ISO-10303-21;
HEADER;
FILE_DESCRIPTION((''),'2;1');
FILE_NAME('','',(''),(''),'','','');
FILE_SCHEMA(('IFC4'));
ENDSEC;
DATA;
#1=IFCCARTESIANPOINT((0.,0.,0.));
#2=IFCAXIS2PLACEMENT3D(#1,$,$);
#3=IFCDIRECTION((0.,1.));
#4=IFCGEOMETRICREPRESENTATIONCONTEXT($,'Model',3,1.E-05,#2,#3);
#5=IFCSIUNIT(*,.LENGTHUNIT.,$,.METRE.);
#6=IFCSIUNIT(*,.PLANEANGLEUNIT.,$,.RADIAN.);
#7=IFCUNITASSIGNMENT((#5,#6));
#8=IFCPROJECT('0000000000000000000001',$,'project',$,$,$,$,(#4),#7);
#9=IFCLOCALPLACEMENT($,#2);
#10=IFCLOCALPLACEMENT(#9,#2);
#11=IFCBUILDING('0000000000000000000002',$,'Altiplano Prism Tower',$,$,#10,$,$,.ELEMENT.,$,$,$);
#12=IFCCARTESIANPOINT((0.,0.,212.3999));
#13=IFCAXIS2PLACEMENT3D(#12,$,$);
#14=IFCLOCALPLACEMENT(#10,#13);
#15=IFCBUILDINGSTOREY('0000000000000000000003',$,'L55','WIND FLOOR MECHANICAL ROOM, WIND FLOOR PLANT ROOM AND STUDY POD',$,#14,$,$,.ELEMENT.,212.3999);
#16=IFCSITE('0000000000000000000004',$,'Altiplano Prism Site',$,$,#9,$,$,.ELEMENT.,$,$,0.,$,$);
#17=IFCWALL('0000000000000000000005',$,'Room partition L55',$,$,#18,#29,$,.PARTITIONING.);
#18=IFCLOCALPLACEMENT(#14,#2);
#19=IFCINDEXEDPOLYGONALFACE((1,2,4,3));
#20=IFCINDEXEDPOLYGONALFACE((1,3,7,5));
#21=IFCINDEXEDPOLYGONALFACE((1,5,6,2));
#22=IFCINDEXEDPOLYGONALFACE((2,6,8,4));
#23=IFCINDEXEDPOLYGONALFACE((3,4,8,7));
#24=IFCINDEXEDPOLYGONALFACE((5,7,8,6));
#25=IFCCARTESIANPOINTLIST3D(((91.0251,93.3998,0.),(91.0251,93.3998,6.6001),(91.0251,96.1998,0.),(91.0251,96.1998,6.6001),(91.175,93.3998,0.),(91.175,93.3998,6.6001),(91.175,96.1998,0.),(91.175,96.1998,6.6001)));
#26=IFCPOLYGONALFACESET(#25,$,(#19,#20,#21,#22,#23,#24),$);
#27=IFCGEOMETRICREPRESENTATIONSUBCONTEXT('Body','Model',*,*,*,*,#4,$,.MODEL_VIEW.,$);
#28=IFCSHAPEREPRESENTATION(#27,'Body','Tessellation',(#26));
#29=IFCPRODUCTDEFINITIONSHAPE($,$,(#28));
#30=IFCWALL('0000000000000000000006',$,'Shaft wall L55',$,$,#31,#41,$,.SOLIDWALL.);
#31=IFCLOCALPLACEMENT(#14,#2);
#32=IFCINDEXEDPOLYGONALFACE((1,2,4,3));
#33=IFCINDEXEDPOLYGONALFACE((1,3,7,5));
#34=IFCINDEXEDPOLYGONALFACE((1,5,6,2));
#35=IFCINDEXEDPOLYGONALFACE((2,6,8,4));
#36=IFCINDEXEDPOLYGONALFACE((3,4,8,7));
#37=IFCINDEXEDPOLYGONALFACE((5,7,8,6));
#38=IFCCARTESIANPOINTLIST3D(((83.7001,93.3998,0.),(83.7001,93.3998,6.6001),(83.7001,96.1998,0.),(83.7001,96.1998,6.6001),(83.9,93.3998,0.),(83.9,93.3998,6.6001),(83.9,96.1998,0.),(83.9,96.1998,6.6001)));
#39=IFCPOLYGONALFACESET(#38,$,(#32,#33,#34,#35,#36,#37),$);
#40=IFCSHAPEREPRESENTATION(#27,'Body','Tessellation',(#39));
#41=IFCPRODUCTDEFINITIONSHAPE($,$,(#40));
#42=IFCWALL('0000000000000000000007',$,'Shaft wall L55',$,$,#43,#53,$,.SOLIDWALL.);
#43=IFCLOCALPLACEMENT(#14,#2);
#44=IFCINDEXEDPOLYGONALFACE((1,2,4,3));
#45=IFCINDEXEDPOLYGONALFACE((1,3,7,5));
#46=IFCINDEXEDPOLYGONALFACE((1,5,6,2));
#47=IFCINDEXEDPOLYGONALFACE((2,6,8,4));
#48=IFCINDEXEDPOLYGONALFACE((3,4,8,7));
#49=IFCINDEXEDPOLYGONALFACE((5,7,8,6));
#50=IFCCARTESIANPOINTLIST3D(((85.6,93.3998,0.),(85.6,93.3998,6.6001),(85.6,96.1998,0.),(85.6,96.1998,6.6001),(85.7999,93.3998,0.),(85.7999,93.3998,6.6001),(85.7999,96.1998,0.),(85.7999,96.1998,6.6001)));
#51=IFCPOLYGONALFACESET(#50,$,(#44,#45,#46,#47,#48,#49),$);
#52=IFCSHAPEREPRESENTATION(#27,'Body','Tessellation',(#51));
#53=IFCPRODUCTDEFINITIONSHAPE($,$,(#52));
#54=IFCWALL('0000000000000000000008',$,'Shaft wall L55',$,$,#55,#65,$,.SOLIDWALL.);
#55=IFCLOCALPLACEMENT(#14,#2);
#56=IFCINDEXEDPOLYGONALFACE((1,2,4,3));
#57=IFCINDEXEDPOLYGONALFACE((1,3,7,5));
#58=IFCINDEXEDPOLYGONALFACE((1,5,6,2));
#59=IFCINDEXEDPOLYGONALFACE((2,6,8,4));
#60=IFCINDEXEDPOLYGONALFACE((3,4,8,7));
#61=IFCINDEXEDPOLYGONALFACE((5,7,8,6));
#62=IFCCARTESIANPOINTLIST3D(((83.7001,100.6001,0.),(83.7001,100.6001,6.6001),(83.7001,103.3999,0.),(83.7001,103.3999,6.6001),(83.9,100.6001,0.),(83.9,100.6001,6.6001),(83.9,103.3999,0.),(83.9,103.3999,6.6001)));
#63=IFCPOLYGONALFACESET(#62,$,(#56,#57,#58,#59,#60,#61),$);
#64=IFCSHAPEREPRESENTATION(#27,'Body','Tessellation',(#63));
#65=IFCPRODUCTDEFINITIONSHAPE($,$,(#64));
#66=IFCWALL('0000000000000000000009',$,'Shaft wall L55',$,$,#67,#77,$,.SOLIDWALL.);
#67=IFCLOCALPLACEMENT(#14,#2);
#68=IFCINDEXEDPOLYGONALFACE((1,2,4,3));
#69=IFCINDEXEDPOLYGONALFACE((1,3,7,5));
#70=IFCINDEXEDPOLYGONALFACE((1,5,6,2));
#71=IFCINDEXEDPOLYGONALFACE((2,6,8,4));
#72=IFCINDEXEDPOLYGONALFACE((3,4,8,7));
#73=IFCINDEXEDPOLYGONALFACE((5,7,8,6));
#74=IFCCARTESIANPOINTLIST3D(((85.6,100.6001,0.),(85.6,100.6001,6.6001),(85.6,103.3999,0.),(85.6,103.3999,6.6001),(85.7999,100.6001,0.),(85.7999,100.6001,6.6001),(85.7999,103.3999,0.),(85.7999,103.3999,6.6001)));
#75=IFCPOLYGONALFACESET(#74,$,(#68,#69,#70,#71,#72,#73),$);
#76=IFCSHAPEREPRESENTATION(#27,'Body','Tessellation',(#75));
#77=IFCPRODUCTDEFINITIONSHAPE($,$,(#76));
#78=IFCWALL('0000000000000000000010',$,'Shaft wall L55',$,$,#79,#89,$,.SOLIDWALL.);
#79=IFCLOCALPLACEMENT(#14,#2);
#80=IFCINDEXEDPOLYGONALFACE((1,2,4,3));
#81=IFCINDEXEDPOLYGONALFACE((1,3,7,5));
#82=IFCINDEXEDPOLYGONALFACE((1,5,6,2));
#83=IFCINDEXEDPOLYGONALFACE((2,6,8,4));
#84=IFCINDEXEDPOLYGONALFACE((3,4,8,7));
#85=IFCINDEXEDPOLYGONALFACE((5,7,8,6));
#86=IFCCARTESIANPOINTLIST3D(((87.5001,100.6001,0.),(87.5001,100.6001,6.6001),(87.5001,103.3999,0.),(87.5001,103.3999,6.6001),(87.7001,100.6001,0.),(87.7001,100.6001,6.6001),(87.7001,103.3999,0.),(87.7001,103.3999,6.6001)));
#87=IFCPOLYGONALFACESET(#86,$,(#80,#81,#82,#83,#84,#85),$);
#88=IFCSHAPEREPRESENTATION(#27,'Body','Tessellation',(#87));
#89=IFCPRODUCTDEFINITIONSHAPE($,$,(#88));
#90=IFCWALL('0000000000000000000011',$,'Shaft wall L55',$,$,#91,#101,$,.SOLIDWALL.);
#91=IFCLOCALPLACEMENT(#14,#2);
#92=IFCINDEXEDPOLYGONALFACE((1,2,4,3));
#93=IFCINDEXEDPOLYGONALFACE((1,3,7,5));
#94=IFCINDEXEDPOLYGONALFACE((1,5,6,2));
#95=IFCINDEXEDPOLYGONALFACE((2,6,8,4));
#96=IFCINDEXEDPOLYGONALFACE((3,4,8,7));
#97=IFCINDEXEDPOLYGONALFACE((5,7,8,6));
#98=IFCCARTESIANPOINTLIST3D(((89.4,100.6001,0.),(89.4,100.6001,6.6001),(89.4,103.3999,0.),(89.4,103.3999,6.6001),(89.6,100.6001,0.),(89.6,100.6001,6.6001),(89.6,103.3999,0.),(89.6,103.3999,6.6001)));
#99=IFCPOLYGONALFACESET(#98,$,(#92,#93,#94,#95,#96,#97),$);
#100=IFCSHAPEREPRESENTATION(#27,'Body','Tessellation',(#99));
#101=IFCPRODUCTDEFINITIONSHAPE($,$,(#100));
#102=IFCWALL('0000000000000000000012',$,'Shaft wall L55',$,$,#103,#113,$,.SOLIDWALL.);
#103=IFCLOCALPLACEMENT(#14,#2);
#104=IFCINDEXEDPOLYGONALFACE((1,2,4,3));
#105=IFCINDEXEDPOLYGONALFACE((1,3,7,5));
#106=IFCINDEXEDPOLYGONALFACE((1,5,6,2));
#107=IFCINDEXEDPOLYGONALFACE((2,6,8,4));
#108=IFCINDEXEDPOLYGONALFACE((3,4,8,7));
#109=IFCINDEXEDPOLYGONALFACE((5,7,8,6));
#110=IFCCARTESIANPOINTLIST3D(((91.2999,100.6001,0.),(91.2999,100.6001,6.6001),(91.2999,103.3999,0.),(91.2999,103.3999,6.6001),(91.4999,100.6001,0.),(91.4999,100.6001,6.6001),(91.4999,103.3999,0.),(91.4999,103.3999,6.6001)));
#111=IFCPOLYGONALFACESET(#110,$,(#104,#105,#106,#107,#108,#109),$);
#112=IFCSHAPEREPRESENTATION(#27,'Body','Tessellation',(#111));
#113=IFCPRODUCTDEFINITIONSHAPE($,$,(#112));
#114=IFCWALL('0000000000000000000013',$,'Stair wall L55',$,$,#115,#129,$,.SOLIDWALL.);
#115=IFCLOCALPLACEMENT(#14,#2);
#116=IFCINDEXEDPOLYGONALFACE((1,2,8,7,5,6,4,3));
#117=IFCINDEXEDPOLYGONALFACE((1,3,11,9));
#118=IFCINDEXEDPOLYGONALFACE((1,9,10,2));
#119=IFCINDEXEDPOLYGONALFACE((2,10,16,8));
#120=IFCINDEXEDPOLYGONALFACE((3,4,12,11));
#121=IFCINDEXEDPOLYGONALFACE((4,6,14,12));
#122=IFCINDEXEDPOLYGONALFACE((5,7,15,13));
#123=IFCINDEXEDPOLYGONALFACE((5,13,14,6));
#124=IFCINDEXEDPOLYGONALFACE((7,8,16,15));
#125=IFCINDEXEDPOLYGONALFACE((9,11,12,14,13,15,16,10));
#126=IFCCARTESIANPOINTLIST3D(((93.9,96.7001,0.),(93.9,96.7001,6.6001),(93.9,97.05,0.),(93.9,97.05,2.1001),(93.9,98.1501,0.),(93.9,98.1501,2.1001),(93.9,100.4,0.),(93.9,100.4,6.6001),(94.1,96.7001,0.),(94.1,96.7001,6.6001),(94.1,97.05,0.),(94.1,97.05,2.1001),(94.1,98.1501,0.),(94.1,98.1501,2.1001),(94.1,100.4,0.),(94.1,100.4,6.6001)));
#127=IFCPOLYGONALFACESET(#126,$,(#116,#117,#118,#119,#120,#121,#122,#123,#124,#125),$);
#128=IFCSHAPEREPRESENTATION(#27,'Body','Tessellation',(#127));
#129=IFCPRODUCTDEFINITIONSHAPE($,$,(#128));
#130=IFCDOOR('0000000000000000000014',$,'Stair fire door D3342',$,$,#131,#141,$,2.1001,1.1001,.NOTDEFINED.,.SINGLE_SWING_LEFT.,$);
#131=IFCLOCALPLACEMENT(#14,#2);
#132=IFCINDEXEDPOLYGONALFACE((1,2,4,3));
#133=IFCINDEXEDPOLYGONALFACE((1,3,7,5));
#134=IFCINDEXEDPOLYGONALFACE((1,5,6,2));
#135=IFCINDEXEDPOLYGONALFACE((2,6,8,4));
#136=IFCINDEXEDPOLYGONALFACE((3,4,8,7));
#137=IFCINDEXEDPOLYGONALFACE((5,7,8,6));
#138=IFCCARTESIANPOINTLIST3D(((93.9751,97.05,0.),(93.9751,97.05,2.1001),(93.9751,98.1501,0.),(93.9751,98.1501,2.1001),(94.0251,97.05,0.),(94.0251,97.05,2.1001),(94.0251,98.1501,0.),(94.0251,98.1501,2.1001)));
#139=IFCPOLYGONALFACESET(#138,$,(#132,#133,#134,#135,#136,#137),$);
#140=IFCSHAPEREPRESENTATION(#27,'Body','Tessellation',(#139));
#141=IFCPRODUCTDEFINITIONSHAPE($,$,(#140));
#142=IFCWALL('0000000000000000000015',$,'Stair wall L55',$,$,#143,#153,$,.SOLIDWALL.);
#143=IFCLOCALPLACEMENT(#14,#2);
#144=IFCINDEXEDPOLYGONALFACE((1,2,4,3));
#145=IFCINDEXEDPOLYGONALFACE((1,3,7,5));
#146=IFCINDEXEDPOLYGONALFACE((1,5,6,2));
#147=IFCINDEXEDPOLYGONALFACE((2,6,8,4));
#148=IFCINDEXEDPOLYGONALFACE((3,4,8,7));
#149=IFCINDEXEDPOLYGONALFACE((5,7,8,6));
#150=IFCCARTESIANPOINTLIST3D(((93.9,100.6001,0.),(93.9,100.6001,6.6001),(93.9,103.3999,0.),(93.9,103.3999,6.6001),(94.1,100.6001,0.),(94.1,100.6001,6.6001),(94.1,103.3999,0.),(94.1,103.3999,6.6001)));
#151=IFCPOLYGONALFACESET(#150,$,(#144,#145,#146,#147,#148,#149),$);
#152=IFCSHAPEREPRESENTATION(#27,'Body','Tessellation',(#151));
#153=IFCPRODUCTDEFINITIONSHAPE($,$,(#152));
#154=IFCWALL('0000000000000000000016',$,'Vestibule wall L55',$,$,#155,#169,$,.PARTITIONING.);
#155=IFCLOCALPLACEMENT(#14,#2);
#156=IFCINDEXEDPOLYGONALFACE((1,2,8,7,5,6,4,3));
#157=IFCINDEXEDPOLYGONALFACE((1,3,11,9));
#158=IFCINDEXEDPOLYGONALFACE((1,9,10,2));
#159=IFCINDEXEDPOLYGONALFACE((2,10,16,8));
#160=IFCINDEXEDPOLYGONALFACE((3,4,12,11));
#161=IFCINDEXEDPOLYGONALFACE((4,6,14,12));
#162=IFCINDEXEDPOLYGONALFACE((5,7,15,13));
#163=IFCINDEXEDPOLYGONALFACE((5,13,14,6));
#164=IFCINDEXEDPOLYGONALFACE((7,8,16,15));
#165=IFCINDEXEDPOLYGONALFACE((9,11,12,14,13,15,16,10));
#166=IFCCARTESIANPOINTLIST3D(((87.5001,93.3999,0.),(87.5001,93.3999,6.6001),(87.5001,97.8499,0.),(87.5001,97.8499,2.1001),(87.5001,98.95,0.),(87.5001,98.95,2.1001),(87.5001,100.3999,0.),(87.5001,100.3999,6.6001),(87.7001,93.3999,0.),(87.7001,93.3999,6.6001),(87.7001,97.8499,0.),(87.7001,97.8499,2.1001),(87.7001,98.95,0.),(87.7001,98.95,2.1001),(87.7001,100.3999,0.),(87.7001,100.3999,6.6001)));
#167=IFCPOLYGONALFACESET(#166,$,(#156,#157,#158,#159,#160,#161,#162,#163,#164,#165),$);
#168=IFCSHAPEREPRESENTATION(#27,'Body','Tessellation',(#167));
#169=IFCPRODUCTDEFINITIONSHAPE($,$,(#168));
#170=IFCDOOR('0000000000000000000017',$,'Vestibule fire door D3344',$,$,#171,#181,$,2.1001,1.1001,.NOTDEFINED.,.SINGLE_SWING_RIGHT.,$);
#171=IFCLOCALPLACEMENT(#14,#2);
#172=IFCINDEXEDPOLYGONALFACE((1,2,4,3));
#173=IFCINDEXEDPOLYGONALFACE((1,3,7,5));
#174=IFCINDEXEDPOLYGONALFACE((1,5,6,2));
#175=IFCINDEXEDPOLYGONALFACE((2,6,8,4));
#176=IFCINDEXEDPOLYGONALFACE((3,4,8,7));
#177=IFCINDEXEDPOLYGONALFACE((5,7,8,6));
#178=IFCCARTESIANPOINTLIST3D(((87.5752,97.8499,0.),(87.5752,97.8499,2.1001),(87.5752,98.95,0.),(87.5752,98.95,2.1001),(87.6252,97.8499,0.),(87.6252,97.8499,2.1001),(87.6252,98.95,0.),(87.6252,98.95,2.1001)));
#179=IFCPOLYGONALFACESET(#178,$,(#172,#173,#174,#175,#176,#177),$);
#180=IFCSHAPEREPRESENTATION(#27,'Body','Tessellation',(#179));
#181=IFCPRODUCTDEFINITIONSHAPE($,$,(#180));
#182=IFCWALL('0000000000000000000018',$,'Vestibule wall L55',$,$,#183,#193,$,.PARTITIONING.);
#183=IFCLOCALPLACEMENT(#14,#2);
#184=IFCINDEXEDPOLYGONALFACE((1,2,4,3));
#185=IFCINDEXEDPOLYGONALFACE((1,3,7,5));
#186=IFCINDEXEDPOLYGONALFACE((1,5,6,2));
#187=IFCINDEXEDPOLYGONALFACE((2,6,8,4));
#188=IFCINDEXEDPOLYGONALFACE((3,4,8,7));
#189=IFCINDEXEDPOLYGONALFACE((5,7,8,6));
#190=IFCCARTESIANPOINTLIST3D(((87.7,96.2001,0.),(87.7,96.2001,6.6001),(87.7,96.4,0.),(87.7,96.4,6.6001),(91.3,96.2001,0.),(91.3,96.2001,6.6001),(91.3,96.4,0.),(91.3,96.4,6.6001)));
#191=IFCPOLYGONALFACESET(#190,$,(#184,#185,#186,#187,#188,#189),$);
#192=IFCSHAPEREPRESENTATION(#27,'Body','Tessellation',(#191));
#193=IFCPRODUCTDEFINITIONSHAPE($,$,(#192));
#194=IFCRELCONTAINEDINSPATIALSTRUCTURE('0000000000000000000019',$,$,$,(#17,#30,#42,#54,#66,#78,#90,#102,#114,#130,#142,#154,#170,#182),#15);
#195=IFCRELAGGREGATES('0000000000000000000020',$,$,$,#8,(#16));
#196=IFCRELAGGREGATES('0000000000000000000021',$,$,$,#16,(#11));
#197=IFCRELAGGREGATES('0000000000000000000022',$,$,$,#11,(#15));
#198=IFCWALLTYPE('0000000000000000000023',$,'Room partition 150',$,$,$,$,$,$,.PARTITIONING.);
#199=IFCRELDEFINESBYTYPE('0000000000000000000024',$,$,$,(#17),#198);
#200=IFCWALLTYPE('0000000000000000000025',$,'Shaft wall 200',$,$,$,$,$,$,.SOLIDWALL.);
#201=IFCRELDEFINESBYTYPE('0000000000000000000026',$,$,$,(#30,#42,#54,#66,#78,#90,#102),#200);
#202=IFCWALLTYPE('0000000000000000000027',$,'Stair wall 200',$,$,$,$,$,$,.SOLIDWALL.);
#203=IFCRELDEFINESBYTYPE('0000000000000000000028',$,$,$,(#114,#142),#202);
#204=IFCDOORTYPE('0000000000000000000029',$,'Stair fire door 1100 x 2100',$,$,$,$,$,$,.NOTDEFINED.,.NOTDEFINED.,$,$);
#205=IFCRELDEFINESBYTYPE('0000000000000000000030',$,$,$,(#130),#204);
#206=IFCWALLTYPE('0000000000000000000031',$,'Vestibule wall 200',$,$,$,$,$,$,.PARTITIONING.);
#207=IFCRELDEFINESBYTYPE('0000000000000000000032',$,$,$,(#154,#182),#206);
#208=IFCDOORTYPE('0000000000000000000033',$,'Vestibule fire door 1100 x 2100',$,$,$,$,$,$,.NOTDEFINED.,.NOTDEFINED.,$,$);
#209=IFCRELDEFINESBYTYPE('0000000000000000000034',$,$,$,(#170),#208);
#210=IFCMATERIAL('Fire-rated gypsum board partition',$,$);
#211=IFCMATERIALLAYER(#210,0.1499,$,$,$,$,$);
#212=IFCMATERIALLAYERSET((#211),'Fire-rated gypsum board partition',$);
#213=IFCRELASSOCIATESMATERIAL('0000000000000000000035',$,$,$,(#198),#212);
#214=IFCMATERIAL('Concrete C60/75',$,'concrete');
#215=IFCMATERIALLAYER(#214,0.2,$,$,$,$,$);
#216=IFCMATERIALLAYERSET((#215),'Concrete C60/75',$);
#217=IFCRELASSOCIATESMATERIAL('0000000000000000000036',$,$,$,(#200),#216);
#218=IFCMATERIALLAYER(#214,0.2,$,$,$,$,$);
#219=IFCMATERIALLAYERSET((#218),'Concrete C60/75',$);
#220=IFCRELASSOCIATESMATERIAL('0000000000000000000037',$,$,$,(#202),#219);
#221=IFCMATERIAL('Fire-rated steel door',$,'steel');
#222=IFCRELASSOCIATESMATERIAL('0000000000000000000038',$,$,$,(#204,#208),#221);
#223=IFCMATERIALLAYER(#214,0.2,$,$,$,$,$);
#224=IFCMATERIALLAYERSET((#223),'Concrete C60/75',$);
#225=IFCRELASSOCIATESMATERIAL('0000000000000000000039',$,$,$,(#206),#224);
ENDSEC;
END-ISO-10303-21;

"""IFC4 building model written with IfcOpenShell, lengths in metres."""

from ifc_helpers import new_model, si_unit, direction, frame, frame_2d, origin, place, context, subcontext, project, spatial, rectangle, extrude, material, layer, layer_set, type_object, element, fill, save


model = new_model("IFC4")

# Units and contexts
model_context = context("Model", 3, precision=1e-05, world=origin(), true_north=direction((0.0, 1.0)))
body_context = subcontext(model_context, "Body", "Model", "MODEL_VIEW")
ifc_project = project(units=[si_unit("LENGTHUNIT", "METRE"), si_unit("PLANEANGLEUNIT", "RADIAN")], contexts=[model_context])

# Site, building, storey
site_placement = place(None, origin())
site = spatial("IfcSite", under=ifc_project, at=site_placement, Name="Altiplano Prism Site", CompositionType="ELEMENT", RefElevation=0.0)
building_placement = place(site_placement, origin())
building = spatial("IfcBuilding", under=site, at=building_placement, Name="Altiplano Prism Tower", CompositionType="ELEMENT")
storey_placement = place(building_placement, frame((0.0, 0.0, 212.3999)))
storey = spatial("IfcBuildingStorey", under=building, at=storey_placement, Name="L55", Description="WIND FLOOR MECHANICAL ROOM, WIND FLOOR PLANT ROOM AND STUDY POD", CompositionType="ELEMENT", Elevation=212.3999)

# Walls
ifc_material_1 = material(Name="Fire-rated gypsum board partition")
ifc_layer_1 = layer(ifc_material_1, 0.1499)
ifc_layer_set_1 = layer_set([ifc_layer_1], Name="Fire-rated gypsum board partition")
wall_type_1 = type_object("IfcWallType", Name="Room partition 150", PredefinedType="PARTITIONING", material=ifc_layer_set_1)
wall_1_placement = place(storey_placement, frame((91.1001, 93.3999, 0.0), z_axis=(0.0, 0.0, 1.0), x_axis=(0.0, 1.0, 0.0)))
element("IfcWall", 1, at=wall_1_placement, inside=storey, type_object=wall_type_1, Name="Room partition L55", PredefinedType="PARTITIONING", context=body_context, shape_type="SweptSolid", body=[
    extrude(rectangle(XDim=2.8, YDim=0.1499, at=frame_2d((1.3999, 0.0))), origin(), (0.0, 0.0, 1.0), 6.6001),
])
ifc_material_2 = material(Name="Concrete C60/75", Category="concrete")
ifc_layer_2 = layer(ifc_material_2, 0.2)
ifc_layer_set_2 = layer_set([ifc_layer_2], Name="Concrete C60/75")
wall_type_2 = type_object("IfcWallType", Name="Shaft wall 200", PredefinedType="SOLIDWALL", material=ifc_layer_set_2)
for number, where, z_axis, x_axis, name in (
    (2, (83.8, 93.3999, 0.0), (0.0, 0.0, 1.0), (0.0, 1.0, 0.0), "Shaft wall L55"),
    (3, (85.7, 93.3999, 0.0), (0.0, 0.0, 1.0), (0.0, 1.0, 0.0), "Shaft wall L55"),
):
    element("IfcWall", number, at=place(storey_placement, frame(where, z_axis=z_axis, x_axis=x_axis)), inside=storey, type_object=wall_type_2, Name=name, PredefinedType="SOLIDWALL", context=body_context, shape_type="SweptSolid", body=[
        extrude(rectangle(XDim=2.8, YDim=0.2, at=frame_2d((1.3999, 0.0))), origin(), (0.0, 0.0, 1.0), 6.6001),
    ])
for number, where, z_axis, x_axis, name in (
    (4, (83.8, 100.6001, 0.0), (0.0, 0.0, 1.0), (0.0, 1.0, 0.0), "Shaft wall L55"),
    (5, (85.7, 100.6001, 0.0), (0.0, 0.0, 1.0), (0.0, 1.0, 0.0), "Shaft wall L55"),
    (6, (87.6001, 100.6001, 0.0), (0.0, 0.0, 1.0), (0.0, 1.0, 0.0), "Shaft wall L55"),
    (7, (89.5, 100.6001, 0.0), (0.0, 0.0, 1.0), (0.0, 1.0, 0.0), "Shaft wall L55"),
    (8, (91.3999, 100.6001, 0.0), (0.0, 0.0, 1.0), (0.0, 1.0, 0.0), "Shaft wall L55"),
):
    element("IfcWall", number, at=place(storey_placement, frame(where, z_axis=z_axis, x_axis=x_axis)), inside=storey, type_object=wall_type_2, Name=name, PredefinedType="SOLIDWALL", context=body_context, shape_type="SweptSolid", body=[
        extrude(rectangle(XDim=2.7998, YDim=0.2, at=frame_2d((1.3999, 0.0))), origin(), (0.0, 0.0, 1.0), 6.6001),
    ])

# Wall, opening, door
ifc_layer_3 = layer(ifc_material_2, 0.2)
ifc_layer_set_3 = layer_set([ifc_layer_3], Name="Concrete C60/75")
wall_type_3 = type_object("IfcWallType", Name="Stair wall 200", PredefinedType="SOLIDWALL", material=ifc_layer_set_3)
wall_2_placement = place(storey_placement, frame((94.0, 96.7, 0.0), z_axis=(0.0, 0.0, 1.0), x_axis=(0.0, 1.0, 0.0)))
wall_2 = element("IfcWall", 9, at=wall_2_placement, inside=storey, type_object=wall_type_3, Name="Stair wall L55", PredefinedType="SOLIDWALL", context=body_context, shape_type="SweptSolid", body=[
    extrude(rectangle(XDim=3.7, YDim=0.2, at=frame_2d((1.8501, 0.0))), origin(), (0.0, 0.0, 1.0), 6.6001),
])
opening_1_placement = place(wall_2_placement, frame((0.3501, 0.0, 0.0)))
opening_1 = element("IfcOpeningElement", 10, at=opening_1_placement, cuts=wall_2, PredefinedType="OPENING", context=body_context, shape_type="SweptSolid", body=[
    extrude(rectangle(XDim=1.1001, YDim=2.1001, at=frame_2d((0.55, 1.05))), frame((0.0, 0.1104, 0.0), z_axis=(0.0, -1.0, 0.0), x_axis=(1.0, 0.0, 0.0)), (0.0, 0.0, 1.0), 0.2209),
])
ifc_material_3 = material(Name="Fire-rated steel door", Category="steel")
door_type_1 = type_object("IfcDoorType", Name="Stair fire door 1100 x 2100", OperationType="NOTDEFINED", PredefinedType="NOTDEFINED", material=ifc_material_3)
door_1_placement = place(opening_1_placement, origin())
door_1 = element("IfcDoor", 11, at=door_1_placement, inside=storey, type_object=door_type_1, Name="Stair fire door D3342", OperationType="SINGLE_SWING_LEFT", OverallHeight=2.1001, OverallWidth=1.1001, PredefinedType="NOTDEFINED", context=body_context, shape_type="SweptSolid", body=[
    extrude(rectangle(XDim=1.1001, YDim=2.1001, at=frame_2d((0.55, 1.05))), frame((0.0, 0.0249, 0.0), z_axis=(0.0, -1.0, 0.0), x_axis=(1.0, 0.0, 0.0)), (0.0, 0.0, 1.0), 0.05),
])
fill(opening_1, door_1)

# Wall
wall_3_placement = place(storey_placement, frame((94.0, 100.6001, 0.0), z_axis=(0.0, 0.0, 1.0), x_axis=(0.0, 1.0, 0.0)))
element("IfcWall", 12, at=wall_3_placement, inside=storey, type_object=wall_type_3, Name="Stair wall L55", PredefinedType="SOLIDWALL", context=body_context, shape_type="SweptSolid", body=[
    extrude(rectangle(XDim=2.7998, YDim=0.2, at=frame_2d((1.3999, 0.0))), origin(), (0.0, 0.0, 1.0), 6.6001),
])

# Wall, opening, door
ifc_layer_4 = layer(ifc_material_2, 0.2)
ifc_layer_set_4 = layer_set([ifc_layer_4], Name="Concrete C60/75")
wall_type_4 = type_object("IfcWallType", Name="Vestibule wall 200", PredefinedType="PARTITIONING", material=ifc_layer_set_4)
wall_4_placement = place(storey_placement, frame((87.6001, 93.3999, 0.0), z_axis=(0.0, 0.0, 1.0), x_axis=(0.0, 1.0, 0.0)))
wall_4 = element("IfcWall", 13, at=wall_4_placement, inside=storey, type_object=wall_type_4, Name="Vestibule wall L55", PredefinedType="PARTITIONING", context=body_context, shape_type="SweptSolid", body=[
    extrude(rectangle(XDim=7.0, YDim=0.2, at=frame_2d((3.5, 0.0))), origin(), (0.0, 0.0, 1.0), 6.6001),
])
opening_2_placement = place(wall_4_placement, frame((4.45, 0.0, 0.0)))
opening_2 = element("IfcOpeningElement", 14, at=opening_2_placement, cuts=wall_4, PredefinedType="OPENING", context=body_context, shape_type="SweptSolid", body=[
    extrude(rectangle(XDim=1.1001, YDim=2.1001, at=frame_2d((0.55, 1.05))), frame((0.0, 0.1104, 0.0), z_axis=(0.0, -1.0, 0.0), x_axis=(1.0, 0.0, 0.0)), (0.0, 0.0, 1.0), 0.2209),
])
door_type_2 = type_object("IfcDoorType", Name="Vestibule fire door 1100 x 2100", OperationType="NOTDEFINED", PredefinedType="NOTDEFINED", material=ifc_material_3)
door_2_placement = place(opening_2_placement, origin())
door_2 = element("IfcDoor", 15, at=door_2_placement, inside=storey, type_object=door_type_2, Name="Vestibule fire door D3344", OperationType="SINGLE_SWING_RIGHT", OverallHeight=2.1001, OverallWidth=1.1001, PredefinedType="NOTDEFINED", context=body_context, shape_type="SweptSolid", body=[
    extrude(rectangle(XDim=1.1001, YDim=2.1001, at=frame_2d((0.55, 1.05))), frame((0.0, 0.0249, 0.0), z_axis=(0.0, -1.0, 0.0), x_axis=(1.0, 0.0, 0.0)), (0.0, 0.0, 1.0), 0.05),
])
fill(opening_2, door_2)

# Wall
wall_5_placement = place(storey_placement, frame((87.7, 96.3, 0.0), z_axis=(0.0, 0.0, 1.0), x_axis=(1.0, 0.0, 0.0)))
element("IfcWall", 16, at=wall_5_placement, inside=storey, type_object=wall_type_4, Name="Vestibule wall L55", PredefinedType="PARTITIONING", context=body_context, shape_type="SweptSolid", body=[
    extrude(rectangle(XDim=3.6001, YDim=0.2, at=frame_2d((1.8, 0.0))), origin(), (0.0, 0.0, 1.0), 6.6001),
])

save(model, "model.ifc")
